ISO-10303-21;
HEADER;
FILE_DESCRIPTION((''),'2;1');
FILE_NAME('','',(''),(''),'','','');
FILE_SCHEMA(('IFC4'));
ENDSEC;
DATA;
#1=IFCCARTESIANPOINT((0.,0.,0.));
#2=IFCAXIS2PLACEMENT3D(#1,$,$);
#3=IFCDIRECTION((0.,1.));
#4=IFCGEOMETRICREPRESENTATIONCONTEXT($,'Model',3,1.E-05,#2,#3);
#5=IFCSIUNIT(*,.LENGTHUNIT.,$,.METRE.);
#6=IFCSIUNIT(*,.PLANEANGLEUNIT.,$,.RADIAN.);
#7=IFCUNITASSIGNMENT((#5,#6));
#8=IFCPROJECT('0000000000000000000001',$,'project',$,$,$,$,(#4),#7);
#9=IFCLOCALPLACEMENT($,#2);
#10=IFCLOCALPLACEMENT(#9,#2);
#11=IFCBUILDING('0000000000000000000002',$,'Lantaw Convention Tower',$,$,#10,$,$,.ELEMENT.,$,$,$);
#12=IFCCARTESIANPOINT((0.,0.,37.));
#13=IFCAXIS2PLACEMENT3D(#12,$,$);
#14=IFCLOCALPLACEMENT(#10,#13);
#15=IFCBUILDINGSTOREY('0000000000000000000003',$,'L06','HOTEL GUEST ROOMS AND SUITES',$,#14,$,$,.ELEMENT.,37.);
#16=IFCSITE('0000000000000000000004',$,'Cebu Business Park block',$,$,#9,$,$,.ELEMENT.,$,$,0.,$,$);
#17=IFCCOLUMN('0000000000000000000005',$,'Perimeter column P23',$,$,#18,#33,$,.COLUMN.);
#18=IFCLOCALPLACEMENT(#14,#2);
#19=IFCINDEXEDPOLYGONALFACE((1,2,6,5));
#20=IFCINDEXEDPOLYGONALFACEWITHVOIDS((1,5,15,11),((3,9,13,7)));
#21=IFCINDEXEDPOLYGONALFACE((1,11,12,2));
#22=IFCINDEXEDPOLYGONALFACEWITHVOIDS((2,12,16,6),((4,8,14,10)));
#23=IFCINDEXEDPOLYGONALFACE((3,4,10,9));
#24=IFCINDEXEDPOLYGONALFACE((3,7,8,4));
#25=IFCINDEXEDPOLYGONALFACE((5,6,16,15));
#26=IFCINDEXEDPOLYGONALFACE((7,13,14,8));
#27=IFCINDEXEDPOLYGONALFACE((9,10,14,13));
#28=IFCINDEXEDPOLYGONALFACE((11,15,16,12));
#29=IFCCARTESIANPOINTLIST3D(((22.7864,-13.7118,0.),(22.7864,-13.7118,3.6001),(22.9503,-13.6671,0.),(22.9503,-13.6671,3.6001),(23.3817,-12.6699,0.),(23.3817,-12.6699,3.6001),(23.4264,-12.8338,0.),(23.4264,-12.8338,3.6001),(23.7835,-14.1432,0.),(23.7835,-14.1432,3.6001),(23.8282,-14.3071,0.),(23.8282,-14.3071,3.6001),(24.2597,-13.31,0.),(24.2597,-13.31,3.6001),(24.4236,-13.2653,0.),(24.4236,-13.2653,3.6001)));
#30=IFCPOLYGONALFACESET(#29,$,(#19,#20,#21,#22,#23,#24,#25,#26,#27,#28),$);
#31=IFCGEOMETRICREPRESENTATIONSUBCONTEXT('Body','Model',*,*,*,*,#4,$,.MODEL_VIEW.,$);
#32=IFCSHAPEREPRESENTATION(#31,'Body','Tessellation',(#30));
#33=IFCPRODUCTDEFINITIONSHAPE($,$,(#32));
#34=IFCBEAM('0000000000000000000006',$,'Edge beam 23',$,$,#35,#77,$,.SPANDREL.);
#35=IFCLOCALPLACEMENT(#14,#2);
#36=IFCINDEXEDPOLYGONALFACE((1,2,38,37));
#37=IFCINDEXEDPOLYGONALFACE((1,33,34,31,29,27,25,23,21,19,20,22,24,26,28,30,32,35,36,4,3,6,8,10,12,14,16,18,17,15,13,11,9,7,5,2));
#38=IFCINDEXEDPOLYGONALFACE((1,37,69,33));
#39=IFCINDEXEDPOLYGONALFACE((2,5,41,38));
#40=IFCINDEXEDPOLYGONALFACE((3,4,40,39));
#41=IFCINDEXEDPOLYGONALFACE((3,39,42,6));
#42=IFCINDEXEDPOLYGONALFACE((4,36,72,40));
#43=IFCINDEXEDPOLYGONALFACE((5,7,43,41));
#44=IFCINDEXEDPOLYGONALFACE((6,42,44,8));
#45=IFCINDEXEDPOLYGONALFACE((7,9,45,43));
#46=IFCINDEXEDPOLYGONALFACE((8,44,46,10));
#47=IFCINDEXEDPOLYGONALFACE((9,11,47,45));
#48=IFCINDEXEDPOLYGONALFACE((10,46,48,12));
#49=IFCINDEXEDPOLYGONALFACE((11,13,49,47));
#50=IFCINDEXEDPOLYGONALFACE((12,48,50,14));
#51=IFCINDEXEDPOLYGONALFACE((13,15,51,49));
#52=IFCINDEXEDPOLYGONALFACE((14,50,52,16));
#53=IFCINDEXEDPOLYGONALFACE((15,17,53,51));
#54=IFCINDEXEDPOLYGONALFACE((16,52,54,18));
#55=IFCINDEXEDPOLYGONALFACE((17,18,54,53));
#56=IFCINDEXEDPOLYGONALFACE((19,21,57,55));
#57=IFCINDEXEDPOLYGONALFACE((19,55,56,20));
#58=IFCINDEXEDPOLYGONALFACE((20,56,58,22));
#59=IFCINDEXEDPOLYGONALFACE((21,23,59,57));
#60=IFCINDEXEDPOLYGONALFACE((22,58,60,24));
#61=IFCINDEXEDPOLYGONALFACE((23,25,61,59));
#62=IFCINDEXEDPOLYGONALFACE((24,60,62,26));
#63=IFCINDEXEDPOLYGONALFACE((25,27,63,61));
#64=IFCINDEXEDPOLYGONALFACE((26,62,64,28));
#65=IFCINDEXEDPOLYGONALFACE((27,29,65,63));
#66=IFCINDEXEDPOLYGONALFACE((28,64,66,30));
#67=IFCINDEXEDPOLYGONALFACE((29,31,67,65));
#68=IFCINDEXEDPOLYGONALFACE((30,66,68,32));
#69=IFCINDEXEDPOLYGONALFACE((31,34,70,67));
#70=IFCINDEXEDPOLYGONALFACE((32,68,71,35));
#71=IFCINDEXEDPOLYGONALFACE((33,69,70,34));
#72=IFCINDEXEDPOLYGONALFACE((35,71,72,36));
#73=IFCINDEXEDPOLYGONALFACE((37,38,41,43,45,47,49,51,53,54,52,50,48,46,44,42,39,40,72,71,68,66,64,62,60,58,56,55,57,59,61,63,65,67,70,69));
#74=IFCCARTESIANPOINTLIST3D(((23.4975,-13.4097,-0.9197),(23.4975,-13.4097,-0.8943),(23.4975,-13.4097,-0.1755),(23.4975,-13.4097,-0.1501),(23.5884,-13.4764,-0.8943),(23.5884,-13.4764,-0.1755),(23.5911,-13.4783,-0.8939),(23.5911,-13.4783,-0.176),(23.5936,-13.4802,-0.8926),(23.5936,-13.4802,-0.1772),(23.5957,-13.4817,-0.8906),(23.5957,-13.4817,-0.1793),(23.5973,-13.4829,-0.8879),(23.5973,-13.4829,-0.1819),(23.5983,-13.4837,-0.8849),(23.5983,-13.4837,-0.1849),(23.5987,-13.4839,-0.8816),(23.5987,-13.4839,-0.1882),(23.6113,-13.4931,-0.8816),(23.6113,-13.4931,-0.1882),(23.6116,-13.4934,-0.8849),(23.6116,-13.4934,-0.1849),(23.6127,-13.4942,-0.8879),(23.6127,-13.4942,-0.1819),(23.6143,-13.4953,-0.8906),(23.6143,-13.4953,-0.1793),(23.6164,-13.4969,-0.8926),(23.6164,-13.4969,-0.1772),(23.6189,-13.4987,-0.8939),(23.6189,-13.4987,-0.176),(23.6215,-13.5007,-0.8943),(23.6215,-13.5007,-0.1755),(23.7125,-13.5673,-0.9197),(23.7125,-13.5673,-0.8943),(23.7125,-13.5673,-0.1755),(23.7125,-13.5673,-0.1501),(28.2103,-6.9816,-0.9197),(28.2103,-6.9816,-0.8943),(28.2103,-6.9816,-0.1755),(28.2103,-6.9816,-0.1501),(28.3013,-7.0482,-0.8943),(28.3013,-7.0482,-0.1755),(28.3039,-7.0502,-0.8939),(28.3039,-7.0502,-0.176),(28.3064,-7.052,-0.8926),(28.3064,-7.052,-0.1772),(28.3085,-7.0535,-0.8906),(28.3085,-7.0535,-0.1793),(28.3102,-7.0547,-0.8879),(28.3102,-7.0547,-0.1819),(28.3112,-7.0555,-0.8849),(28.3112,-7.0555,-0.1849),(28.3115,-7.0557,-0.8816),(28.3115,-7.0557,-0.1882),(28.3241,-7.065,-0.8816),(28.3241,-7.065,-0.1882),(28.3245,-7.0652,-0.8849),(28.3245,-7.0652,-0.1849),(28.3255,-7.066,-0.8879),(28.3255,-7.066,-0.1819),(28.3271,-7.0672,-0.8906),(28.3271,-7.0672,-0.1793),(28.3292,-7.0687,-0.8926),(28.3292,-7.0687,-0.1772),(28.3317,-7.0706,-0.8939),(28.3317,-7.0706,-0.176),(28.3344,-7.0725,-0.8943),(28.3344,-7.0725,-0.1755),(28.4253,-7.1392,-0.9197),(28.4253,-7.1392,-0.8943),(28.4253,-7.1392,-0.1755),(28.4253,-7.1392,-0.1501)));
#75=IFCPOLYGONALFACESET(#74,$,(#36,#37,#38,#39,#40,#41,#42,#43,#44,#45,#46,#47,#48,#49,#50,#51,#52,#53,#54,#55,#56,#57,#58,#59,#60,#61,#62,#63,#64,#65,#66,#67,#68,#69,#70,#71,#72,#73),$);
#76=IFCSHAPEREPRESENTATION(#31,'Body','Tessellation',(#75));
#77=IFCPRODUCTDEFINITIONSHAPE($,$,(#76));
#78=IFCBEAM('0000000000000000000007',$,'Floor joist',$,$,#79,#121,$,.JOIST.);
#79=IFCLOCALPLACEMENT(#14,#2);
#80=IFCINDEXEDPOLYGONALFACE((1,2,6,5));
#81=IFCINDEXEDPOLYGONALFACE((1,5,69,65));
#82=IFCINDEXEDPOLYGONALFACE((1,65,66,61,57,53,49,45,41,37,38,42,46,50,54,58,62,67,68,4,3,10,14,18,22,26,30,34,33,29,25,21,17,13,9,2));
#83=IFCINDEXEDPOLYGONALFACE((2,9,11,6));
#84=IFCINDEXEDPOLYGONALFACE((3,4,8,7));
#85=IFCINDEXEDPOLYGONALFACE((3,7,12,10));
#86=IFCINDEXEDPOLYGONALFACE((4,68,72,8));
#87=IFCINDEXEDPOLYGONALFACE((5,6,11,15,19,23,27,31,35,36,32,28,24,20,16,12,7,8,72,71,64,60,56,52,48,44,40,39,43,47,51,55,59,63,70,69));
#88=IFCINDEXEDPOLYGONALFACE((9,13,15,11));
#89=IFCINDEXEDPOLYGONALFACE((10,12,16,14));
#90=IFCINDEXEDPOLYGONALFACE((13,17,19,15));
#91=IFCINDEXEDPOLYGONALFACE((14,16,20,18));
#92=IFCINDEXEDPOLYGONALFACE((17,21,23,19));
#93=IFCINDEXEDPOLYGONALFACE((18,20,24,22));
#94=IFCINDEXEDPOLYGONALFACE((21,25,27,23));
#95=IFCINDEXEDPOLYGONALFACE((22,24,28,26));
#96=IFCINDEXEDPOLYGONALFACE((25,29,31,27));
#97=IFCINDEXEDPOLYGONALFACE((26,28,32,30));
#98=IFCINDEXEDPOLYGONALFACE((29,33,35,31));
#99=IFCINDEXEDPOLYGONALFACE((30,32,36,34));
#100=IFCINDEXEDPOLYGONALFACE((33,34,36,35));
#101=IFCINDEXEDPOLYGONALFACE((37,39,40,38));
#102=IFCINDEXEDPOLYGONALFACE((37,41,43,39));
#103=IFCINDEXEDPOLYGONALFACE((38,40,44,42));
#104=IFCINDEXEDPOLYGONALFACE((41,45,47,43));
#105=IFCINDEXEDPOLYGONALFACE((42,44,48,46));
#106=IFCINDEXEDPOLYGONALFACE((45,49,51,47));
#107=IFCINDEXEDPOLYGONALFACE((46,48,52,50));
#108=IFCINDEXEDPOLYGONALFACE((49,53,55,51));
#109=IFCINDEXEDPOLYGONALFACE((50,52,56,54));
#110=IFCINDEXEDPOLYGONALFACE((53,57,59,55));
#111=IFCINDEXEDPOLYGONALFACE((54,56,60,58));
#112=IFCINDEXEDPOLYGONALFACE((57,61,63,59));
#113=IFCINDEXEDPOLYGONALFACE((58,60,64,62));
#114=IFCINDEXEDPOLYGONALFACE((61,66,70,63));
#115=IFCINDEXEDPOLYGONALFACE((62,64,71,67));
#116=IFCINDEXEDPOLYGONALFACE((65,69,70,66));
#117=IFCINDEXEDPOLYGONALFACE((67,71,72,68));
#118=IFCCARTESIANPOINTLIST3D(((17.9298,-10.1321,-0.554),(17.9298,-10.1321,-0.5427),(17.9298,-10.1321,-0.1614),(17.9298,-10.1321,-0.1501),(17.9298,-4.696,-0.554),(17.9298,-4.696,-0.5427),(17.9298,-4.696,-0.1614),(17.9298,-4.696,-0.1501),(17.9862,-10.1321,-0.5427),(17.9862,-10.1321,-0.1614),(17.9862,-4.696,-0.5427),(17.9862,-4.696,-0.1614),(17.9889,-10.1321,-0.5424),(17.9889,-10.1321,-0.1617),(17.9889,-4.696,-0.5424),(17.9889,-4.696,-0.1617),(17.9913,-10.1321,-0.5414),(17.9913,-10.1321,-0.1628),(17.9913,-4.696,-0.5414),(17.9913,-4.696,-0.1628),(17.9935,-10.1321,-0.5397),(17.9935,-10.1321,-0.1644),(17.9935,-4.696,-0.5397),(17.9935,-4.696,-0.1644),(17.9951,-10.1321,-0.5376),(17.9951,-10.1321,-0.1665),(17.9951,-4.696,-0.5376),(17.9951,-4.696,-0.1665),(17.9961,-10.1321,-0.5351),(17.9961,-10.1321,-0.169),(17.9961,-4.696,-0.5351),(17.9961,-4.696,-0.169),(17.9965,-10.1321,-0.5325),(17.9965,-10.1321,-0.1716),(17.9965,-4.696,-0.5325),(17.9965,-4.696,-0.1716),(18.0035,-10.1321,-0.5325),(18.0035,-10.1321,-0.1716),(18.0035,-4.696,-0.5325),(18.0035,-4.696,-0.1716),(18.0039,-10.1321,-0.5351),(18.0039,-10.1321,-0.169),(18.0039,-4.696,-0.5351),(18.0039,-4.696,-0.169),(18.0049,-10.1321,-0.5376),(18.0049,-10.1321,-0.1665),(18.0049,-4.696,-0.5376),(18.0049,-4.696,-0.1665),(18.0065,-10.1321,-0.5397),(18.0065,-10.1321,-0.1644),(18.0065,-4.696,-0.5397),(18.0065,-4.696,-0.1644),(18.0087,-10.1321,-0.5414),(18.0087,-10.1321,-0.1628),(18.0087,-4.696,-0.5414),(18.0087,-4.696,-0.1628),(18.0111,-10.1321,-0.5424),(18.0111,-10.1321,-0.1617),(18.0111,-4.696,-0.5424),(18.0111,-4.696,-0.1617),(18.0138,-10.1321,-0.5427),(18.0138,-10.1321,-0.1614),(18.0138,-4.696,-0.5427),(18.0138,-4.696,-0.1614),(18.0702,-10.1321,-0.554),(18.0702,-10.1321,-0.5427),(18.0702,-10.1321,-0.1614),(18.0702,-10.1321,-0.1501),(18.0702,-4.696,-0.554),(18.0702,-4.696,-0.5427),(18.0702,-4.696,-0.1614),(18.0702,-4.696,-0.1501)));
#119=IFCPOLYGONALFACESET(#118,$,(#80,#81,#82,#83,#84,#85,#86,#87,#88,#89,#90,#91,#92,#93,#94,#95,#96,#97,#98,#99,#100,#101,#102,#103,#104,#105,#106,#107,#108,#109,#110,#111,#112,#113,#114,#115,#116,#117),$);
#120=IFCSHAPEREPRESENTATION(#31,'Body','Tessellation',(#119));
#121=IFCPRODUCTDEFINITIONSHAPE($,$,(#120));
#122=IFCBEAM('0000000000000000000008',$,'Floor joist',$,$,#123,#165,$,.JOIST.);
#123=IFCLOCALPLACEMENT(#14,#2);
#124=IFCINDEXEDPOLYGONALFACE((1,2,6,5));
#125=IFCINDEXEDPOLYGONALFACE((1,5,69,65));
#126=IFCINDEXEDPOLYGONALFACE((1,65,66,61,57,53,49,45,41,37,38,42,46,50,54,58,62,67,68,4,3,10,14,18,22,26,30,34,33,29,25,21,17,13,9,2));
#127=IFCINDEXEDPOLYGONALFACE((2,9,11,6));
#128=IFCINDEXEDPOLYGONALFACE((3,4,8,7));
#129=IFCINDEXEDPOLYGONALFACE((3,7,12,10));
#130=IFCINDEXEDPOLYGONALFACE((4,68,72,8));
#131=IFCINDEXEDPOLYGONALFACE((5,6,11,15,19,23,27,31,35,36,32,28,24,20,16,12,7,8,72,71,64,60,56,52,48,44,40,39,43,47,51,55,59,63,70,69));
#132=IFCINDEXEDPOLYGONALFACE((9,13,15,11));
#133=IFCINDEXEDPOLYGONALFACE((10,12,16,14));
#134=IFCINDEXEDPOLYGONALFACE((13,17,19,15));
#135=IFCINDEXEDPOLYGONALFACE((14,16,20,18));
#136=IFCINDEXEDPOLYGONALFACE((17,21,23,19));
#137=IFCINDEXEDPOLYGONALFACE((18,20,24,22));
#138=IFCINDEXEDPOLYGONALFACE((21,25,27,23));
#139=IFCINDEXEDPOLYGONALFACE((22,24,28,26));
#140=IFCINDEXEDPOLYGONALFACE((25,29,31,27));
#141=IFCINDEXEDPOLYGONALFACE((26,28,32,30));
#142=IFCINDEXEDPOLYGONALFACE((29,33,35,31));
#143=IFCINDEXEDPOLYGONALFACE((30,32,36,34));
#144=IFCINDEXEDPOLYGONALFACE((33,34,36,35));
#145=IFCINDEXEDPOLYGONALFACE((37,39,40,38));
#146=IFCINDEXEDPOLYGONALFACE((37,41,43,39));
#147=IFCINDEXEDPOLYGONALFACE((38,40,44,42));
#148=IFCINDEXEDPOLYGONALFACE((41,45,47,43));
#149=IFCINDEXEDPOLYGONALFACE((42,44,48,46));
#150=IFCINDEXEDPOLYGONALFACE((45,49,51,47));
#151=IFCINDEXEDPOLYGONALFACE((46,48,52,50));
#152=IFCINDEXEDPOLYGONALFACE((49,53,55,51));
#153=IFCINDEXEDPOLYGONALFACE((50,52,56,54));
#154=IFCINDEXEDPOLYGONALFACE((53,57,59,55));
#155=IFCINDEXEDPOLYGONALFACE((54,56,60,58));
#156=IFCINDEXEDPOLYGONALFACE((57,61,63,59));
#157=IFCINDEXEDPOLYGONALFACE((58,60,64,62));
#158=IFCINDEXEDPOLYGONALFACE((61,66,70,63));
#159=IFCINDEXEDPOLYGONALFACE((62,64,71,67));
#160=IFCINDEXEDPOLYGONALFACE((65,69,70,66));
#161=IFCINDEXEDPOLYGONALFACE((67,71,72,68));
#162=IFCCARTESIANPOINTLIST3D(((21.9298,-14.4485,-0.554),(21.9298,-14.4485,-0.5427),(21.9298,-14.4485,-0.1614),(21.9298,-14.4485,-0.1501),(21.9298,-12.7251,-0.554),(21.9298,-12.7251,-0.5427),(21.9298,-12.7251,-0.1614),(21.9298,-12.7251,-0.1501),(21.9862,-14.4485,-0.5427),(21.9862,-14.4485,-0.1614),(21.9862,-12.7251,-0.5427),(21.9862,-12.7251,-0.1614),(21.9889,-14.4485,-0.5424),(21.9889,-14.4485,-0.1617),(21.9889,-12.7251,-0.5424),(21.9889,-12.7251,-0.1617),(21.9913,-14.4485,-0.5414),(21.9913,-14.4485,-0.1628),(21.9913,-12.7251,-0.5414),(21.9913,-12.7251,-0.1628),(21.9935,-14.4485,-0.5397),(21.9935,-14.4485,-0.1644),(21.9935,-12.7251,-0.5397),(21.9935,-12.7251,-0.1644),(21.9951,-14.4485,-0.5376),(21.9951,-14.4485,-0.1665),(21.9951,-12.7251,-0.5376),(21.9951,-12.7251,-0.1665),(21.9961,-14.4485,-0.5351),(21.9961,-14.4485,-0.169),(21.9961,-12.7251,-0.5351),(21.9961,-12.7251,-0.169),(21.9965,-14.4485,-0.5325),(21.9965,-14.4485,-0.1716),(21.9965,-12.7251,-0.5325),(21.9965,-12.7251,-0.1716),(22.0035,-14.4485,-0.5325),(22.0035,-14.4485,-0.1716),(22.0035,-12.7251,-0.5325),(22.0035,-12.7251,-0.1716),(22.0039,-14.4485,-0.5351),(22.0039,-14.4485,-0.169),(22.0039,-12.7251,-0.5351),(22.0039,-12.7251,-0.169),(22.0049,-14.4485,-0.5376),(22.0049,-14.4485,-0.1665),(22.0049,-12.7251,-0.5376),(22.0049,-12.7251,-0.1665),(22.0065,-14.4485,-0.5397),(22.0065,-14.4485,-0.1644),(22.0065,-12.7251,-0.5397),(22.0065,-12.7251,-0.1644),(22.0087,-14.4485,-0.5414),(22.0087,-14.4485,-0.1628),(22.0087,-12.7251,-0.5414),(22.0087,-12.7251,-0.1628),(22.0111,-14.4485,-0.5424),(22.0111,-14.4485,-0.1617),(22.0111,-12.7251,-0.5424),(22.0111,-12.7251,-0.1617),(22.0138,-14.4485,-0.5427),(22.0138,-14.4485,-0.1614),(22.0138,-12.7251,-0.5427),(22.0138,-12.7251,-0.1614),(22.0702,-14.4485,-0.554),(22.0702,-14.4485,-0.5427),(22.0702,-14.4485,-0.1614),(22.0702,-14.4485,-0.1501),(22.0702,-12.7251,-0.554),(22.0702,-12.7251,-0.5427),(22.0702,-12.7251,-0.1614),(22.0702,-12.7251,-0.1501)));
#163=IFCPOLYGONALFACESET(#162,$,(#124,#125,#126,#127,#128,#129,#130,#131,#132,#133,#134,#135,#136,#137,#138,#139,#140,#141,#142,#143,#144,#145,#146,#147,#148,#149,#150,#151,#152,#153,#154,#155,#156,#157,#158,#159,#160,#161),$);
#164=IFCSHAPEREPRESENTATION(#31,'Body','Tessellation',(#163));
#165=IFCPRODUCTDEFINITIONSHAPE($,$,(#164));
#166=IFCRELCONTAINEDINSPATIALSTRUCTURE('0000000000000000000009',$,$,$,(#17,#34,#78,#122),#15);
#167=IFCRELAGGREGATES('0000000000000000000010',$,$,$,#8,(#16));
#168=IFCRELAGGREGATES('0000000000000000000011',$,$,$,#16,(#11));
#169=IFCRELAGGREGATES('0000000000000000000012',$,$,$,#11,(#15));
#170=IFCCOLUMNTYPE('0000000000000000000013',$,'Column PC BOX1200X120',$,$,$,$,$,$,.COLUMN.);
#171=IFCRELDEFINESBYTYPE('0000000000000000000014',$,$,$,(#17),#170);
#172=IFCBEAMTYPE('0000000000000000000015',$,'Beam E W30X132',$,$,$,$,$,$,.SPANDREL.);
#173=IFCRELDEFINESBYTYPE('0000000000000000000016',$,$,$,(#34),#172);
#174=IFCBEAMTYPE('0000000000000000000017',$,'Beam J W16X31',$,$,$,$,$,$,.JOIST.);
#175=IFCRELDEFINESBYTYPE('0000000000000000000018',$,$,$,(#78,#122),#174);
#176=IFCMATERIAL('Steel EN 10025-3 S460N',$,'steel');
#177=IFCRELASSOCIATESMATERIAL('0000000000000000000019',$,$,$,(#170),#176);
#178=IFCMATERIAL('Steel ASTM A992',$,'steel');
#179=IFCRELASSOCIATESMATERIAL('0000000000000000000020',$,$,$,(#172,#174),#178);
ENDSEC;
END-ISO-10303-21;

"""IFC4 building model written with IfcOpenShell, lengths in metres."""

from ifc_helpers import new_model, si_unit, direction, frame, origin, origin_2d, place, context, subcontext, project, spatial, rectangle, hollow_rectangle, i_section, extrude, material, material_profile, profile_set, type_object, element, save


model = new_model("IFC4")

# Units and contexts
model_context = context("Model", 3, precision=1e-05, world=origin(), true_north=direction((0.0, 1.0)))
body_context = subcontext(model_context, "Body", "Model", "MODEL_VIEW")
ifc_project = project(units=[si_unit("LENGTHUNIT", "METRE"), si_unit("PLANEANGLEUNIT", "RADIAN")], contexts=[model_context])

# Site, building, storey
site_placement = place(None, origin())
site = spatial("IfcSite", under=ifc_project, at=site_placement, Name="Cebu Business Park block", CompositionType="ELEMENT", RefElevation=0.0)
building_placement = place(site_placement, origin())
building = spatial("IfcBuilding", under=site, at=building_placement, Name="Lantaw Convention Tower", CompositionType="ELEMENT")
storey_placement = place(building_placement, frame((0.0, 0.0, 37.0)))
storey = spatial("IfcBuildingStorey", under=building, at=storey_placement, Name="L06", Description="HOTEL GUEST ROOMS AND SUITES", CompositionType="ELEMENT", Elevation=37.0)

# Column
ifc_material_1 = material(Name="Steel EN 10025-3 S460N", Category="steel")
ifc_material_profile_1 = material_profile(ifc_material_1, hollow_rectangle(XDim=1.2, YDim=1.2, WallThickness=0.1201, at=origin_2d()), Name="BOX1200X120")
ifc_material_2 = material(Name="Concrete C60/75", Category="concrete")
ifc_material_profile_2 = material_profile(ifc_material_2, rectangle(XDim=0.96, YDim=0.96, at=origin_2d()), Name="Concrete fill of BOX1200X120")
ifc_profile_set_1 = profile_set([ifc_material_profile_1, ifc_material_profile_2], Name="Steel EN 10025-3 S460N")
column_type = type_object("IfcColumnType", Name="Column PC BOX1200X120", PredefinedType="COLUMN", material=ifc_profile_set_1)
column_placement = place(storey_placement, frame((23.605, -13.4885, 0.0), z_axis=(0.0, 0.0, 1.0), x_axis=(0.496139, 0.868243, 0.0)))
element("IfcColumn", 1, at=column_placement, inside=storey, type_object=column_type, Name="Perimeter column P23", PredefinedType="COLUMN", context=body_context, shape_type="SweptSolid", body=[
    extrude(hollow_rectangle(XDim=1.2, YDim=1.2, WallThickness=0.1201, at=origin_2d()), origin(), (0.0, 0.0, 1.0), 3.6001),
])

# Beams
ifc_material_3 = material(Name="Steel ASTM A992", Category="steel")
ifc_material_profile_3 = material_profile(ifc_material_3, i_section(OverallWidth=0.2666, OverallDepth=0.7695, WebThickness=0.0156, FlangeThickness=0.0254, FilletRadius=0.0127, at=origin_2d()), Name="W30X132")
ifc_profile_set_2 = profile_set([ifc_material_profile_3], Name="Steel ASTM A992")
beam_type_1 = type_object("IfcBeamType", Name="Beam E W30X132", PredefinedType="SPANDREL", material=ifc_profile_set_2)
beam_1_placement = place(storey_placement, frame((23.605, -13.4885, -0.5349), z_axis=(0.591271, 0.806473, 0.0), x_axis=(-0.806473, 0.591271, 0.0)))
element("IfcBeam", 2, at=beam_1_placement, inside=storey, type_object=beam_type_1, Name="Edge beam 23", PredefinedType="SPANDREL", context=body_context, shape_type="SweptSolid", body=[
    extrude(i_section(OverallWidth=0.2666, OverallDepth=0.7695, WebThickness=0.0156, FlangeThickness=0.0254, FilletRadius=0.0127, at=origin_2d()), origin(), (0.0, 0.0, 1.0), 7.9707),
])
ifc_material_profile_4 = material_profile(ifc_material_3, i_section(OverallWidth=0.1404, OverallDepth=0.4038, WebThickness=0.0071, FlangeThickness=0.0112, FilletRadius=0.0103, at=origin_2d()), Name="W16X31")
ifc_profile_set_3 = profile_set([ifc_material_profile_4], Name="Steel ASTM A992")
beam_type_2 = type_object("IfcBeamType", Name="Beam J W16X31", PredefinedType="JOIST", material=ifc_profile_set_3)
beam_2_placement = place(storey_placement, frame((18.0, -10.1321, -0.3521), z_axis=(0.0, 1.0, 0.0), x_axis=(-1.0, 0.0, 0.0)))
element("IfcBeam", 3, at=beam_2_placement, inside=storey, type_object=beam_type_2, Name="Floor joist", PredefinedType="JOIST", context=body_context, shape_type="SweptSolid", body=[
    extrude(i_section(OverallWidth=0.1404, OverallDepth=0.4038, WebThickness=0.0071, FlangeThickness=0.0112, FilletRadius=0.0103, at=origin_2d()), origin(), (0.0, 0.0, 1.0), 5.436),
])
beam_3_placement = place(storey_placement, frame((22.0, -14.4485, -0.3521), z_axis=(0.0, 1.0, 0.0), x_axis=(-1.0, 0.0, 0.0)))
element("IfcBeam", 4, at=beam_3_placement, inside=storey, type_object=beam_type_2, Name="Floor joist", PredefinedType="JOIST", context=body_context, shape_type="SweptSolid", body=[
    extrude(i_section(OverallWidth=0.1404, OverallDepth=0.4038, WebThickness=0.0071, FlangeThickness=0.0112, FilletRadius=0.0103, at=origin_2d()), origin(), (0.0, 0.0, 1.0), 1.7234),
])

save(model, "model.ifc")
